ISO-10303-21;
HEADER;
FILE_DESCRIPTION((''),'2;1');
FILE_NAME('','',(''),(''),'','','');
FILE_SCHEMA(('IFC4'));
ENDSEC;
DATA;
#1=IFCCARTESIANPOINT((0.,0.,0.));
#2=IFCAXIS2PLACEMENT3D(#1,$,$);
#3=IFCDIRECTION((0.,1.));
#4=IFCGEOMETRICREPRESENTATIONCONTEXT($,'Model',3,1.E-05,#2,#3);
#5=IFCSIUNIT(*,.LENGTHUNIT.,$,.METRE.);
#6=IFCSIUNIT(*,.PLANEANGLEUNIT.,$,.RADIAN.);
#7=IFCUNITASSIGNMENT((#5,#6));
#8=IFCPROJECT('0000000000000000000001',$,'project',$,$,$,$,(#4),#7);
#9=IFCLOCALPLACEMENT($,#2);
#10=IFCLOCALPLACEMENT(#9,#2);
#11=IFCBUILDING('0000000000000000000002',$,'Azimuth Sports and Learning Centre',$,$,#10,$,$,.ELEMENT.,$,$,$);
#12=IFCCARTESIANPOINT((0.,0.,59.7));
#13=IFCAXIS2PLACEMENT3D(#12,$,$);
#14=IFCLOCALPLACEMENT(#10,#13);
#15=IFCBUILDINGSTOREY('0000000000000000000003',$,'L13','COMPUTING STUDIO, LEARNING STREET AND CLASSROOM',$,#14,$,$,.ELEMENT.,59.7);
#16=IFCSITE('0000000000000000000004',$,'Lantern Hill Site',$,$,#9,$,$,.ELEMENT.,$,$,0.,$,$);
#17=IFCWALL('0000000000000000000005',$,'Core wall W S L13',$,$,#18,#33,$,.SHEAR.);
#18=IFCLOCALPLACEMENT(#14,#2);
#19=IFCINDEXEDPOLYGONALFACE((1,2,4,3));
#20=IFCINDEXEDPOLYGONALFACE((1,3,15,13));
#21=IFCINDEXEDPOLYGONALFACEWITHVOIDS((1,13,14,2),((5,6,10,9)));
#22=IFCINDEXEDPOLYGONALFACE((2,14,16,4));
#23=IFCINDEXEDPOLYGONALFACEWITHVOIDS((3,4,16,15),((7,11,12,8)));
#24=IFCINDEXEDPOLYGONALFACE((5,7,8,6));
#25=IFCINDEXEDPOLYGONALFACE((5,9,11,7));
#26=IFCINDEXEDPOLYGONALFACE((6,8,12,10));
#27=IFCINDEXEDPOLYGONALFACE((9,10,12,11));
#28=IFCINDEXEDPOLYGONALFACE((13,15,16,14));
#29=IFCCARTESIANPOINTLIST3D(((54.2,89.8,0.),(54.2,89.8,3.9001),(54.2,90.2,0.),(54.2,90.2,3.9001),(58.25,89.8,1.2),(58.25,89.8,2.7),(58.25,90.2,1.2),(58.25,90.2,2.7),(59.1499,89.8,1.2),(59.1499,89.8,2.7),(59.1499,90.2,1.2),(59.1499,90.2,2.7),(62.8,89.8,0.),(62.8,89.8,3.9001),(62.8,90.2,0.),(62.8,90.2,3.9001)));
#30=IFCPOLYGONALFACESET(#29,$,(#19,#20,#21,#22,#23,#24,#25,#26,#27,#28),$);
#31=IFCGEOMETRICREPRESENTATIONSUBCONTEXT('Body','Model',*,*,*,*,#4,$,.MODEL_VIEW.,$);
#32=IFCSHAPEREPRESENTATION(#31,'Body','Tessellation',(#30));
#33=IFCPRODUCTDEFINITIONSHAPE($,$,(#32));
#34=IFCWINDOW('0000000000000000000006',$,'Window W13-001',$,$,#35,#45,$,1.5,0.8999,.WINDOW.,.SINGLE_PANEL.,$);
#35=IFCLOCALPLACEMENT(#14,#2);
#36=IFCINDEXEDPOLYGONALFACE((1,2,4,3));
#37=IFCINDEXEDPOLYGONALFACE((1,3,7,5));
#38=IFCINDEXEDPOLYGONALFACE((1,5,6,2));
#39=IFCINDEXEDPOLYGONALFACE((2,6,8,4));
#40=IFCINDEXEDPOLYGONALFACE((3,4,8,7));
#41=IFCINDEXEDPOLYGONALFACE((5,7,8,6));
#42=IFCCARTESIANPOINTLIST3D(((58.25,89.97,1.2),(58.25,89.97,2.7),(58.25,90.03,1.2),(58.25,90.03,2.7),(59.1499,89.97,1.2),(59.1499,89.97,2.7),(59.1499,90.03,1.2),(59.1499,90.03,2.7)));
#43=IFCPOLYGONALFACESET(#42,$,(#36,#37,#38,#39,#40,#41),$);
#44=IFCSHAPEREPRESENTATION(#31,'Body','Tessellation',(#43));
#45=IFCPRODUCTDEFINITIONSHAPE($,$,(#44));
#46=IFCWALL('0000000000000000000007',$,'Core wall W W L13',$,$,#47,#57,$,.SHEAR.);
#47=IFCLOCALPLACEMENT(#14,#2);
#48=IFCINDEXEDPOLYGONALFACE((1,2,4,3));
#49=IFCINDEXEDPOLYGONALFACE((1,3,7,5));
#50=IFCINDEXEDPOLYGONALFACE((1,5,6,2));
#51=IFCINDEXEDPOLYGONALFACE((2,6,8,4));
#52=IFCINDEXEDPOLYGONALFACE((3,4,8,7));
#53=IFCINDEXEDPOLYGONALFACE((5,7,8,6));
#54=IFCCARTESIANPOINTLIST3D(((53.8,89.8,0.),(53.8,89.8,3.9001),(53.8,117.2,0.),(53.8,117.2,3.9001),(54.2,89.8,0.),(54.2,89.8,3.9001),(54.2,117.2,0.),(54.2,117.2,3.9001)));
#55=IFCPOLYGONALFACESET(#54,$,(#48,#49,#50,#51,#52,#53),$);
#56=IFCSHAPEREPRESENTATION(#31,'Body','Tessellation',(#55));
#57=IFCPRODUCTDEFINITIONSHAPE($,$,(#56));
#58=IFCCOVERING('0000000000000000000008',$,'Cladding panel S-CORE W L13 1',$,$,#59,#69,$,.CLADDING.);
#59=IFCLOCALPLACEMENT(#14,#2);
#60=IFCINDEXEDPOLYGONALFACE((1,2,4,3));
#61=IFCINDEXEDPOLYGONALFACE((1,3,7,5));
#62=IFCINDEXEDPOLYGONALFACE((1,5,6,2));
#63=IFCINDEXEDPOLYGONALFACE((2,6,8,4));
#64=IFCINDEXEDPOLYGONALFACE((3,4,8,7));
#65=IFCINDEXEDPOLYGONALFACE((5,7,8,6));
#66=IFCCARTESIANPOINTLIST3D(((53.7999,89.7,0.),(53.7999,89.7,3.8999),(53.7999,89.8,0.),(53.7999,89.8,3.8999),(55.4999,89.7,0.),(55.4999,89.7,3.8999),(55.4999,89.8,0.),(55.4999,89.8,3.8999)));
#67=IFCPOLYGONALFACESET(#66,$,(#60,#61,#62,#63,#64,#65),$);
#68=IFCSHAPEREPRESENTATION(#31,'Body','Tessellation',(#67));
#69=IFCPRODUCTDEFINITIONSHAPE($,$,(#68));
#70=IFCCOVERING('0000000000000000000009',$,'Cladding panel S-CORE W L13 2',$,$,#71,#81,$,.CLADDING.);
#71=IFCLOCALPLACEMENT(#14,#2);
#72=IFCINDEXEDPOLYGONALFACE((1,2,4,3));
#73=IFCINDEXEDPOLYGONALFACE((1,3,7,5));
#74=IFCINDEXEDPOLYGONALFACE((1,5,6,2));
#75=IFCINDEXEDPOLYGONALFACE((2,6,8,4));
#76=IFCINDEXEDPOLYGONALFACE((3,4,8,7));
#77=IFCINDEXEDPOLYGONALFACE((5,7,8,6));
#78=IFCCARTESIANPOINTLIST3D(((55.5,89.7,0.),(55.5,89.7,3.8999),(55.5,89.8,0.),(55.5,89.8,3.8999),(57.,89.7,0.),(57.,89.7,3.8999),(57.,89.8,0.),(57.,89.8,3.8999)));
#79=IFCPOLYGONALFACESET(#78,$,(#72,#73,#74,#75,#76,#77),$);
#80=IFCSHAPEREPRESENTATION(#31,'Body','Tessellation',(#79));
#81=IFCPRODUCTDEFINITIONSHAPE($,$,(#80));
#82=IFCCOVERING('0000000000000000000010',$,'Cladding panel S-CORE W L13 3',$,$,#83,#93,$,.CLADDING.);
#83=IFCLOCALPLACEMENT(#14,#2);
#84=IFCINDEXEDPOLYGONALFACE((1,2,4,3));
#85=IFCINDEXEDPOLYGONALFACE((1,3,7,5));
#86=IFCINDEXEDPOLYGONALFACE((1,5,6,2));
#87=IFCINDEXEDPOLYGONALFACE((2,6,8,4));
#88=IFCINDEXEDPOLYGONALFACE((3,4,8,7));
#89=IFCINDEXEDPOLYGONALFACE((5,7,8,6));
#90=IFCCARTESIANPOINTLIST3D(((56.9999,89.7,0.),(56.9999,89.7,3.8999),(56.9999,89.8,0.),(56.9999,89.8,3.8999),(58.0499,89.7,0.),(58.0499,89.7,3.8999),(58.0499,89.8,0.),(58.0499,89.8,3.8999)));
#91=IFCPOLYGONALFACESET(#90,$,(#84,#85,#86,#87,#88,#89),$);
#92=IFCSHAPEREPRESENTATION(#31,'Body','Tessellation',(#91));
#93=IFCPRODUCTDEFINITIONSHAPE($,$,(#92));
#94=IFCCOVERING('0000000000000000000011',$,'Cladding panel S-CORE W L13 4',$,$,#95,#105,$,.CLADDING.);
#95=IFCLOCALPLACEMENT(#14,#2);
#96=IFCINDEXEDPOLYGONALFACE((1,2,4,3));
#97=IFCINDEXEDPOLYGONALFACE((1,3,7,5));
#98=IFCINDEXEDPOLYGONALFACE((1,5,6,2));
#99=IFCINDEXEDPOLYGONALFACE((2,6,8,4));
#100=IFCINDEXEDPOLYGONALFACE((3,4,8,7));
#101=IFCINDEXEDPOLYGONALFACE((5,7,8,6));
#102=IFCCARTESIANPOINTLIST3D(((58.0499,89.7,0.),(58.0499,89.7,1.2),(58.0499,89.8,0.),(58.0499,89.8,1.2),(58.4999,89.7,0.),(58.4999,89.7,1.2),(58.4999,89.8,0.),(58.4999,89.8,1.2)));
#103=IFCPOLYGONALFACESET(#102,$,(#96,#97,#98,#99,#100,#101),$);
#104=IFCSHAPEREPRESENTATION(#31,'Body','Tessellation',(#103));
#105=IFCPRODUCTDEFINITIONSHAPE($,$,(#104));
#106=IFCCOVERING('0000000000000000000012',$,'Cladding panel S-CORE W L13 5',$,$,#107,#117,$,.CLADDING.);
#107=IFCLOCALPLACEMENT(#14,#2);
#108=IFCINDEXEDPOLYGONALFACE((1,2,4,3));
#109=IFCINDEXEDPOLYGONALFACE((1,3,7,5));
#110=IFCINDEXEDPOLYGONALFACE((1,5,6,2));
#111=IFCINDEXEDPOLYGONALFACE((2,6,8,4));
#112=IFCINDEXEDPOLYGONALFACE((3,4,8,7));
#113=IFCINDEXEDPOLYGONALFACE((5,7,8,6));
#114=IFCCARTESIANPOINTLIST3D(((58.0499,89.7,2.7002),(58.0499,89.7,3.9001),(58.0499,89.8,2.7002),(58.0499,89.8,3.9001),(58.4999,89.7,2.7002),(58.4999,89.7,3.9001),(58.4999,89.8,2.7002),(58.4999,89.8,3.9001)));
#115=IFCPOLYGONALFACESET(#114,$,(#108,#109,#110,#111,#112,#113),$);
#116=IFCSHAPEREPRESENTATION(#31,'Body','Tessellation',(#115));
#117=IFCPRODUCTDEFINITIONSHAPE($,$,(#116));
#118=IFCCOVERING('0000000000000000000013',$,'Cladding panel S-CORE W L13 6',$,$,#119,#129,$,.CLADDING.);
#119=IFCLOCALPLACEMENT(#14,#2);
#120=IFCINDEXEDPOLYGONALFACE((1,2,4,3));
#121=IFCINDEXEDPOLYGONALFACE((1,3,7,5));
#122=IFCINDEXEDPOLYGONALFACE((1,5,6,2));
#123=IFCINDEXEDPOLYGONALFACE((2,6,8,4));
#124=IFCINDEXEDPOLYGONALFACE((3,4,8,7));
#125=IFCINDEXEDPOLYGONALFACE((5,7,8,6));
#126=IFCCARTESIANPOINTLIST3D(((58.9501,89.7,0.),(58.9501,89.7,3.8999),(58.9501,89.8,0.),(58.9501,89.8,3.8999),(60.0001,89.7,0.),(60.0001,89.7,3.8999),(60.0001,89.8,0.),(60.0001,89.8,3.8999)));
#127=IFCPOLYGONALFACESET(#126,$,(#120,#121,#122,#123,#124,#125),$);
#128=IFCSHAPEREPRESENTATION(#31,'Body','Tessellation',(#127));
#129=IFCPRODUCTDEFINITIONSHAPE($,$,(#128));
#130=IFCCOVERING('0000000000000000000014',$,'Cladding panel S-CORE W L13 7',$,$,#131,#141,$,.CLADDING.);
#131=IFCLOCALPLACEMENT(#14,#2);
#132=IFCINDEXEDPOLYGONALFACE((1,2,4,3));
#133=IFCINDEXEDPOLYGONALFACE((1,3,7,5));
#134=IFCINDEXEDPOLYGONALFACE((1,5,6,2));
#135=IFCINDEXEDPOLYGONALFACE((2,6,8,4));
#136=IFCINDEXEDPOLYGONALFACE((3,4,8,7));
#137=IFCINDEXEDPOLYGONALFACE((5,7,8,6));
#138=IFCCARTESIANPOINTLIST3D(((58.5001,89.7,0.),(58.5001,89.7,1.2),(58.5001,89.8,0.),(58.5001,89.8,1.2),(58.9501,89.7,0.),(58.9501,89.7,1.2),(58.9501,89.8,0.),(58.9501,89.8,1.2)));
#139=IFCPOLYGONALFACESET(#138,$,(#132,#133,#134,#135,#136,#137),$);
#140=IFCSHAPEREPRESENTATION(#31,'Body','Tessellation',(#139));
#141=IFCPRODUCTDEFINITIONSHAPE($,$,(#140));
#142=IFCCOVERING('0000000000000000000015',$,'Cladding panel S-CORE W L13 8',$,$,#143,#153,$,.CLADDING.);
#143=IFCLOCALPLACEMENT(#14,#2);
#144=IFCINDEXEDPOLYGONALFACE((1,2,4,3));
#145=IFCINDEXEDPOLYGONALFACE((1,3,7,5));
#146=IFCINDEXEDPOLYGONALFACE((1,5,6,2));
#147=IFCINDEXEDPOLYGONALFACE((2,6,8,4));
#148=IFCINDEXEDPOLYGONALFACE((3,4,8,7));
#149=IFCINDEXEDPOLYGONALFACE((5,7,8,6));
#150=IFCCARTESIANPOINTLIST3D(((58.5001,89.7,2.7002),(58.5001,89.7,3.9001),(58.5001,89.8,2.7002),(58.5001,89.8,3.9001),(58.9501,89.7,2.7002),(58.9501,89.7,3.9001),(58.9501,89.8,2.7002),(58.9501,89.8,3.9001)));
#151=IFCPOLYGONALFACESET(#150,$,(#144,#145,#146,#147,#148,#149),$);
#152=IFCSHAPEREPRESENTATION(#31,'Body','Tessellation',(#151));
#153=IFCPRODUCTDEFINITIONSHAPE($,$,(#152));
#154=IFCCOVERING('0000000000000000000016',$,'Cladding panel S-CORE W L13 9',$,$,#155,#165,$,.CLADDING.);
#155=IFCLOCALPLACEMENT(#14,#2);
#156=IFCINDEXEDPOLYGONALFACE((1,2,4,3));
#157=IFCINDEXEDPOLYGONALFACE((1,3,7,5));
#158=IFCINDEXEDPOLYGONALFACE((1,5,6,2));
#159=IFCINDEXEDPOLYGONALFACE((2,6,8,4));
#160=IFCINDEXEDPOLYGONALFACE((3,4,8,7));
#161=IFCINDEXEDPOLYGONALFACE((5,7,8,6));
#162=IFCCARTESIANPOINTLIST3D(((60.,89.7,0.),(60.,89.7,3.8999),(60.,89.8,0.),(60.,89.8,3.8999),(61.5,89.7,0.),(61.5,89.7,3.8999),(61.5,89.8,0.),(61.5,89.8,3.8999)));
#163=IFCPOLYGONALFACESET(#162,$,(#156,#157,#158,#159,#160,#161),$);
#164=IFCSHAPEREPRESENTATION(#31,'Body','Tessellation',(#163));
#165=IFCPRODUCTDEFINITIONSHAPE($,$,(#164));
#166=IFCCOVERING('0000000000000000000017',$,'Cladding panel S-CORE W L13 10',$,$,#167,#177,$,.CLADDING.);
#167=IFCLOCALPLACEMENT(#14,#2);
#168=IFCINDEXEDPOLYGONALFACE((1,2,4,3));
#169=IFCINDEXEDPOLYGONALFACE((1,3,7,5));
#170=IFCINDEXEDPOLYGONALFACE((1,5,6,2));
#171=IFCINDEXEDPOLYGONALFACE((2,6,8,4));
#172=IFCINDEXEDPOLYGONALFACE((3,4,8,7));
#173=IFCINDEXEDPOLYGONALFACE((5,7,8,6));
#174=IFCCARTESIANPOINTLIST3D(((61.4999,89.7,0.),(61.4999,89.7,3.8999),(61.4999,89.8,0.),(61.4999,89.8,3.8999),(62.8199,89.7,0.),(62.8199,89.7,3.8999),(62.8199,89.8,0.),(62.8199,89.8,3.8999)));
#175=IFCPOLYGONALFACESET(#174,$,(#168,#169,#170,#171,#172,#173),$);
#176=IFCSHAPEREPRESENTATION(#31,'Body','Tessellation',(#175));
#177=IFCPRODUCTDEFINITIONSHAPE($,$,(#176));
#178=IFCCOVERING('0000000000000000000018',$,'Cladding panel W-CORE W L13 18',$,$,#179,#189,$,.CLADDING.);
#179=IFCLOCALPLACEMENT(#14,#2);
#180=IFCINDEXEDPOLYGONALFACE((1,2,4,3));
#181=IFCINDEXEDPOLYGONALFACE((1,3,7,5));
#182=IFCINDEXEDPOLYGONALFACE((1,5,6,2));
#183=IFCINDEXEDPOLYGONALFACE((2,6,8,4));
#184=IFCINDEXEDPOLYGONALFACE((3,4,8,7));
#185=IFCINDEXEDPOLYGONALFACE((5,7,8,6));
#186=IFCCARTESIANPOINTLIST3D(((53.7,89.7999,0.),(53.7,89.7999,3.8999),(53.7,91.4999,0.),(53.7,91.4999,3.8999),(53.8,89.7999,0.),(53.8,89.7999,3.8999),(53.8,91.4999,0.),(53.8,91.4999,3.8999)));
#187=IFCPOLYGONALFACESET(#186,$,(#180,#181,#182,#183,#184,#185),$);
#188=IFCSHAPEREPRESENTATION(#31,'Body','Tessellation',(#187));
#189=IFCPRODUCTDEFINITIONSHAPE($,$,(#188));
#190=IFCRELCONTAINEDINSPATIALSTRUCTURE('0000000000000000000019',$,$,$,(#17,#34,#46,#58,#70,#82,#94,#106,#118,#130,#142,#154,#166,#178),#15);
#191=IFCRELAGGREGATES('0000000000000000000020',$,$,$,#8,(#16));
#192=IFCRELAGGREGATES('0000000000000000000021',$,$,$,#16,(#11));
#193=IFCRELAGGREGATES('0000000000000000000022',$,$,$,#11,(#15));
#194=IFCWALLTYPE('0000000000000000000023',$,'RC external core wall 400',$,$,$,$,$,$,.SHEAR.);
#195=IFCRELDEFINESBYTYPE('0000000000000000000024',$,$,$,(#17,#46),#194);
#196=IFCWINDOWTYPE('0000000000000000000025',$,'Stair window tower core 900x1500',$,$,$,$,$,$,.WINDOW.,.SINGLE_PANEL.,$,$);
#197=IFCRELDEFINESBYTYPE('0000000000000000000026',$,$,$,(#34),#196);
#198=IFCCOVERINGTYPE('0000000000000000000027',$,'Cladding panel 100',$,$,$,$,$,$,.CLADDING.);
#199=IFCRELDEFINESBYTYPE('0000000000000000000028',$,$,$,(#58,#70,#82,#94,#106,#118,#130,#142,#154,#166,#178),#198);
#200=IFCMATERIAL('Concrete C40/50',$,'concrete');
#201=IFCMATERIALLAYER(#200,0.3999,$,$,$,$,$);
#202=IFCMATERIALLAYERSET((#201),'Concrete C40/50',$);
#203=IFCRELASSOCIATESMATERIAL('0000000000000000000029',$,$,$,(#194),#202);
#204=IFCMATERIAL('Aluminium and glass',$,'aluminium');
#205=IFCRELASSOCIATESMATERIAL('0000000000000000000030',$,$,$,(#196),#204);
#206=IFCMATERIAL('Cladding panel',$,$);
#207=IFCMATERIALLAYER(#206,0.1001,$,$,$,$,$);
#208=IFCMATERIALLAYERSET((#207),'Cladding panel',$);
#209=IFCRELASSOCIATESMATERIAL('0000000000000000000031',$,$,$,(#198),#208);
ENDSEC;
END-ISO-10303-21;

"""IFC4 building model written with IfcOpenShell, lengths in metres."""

from ifc_helpers import new_model, si_unit, direction, frame, frame_2d, origin, origin_2d, place, context, subcontext, project, spatial, rectangle, extrude, material, layer, layer_set, type_object, element, fill, save


model = new_model("IFC4")

# Units and contexts
model_context = context("Model", 3, precision=1e-05, world=origin(), true_north=direction((0.0, 1.0)))
body_context = subcontext(model_context, "Body", "Model", "MODEL_VIEW")
ifc_project = project(units=[si_unit("LENGTHUNIT", "METRE"), si_unit("PLANEANGLEUNIT", "RADIAN")], contexts=[model_context])

# Site, building, storey
site_placement = place(None, origin())
site = spatial("IfcSite", under=ifc_project, at=site_placement, Name="Lantern Hill Site", CompositionType="ELEMENT", RefElevation=0.0)
building_placement = place(site_placement, origin())
building = spatial("IfcBuilding", under=site, at=building_placement, Name="Azimuth Sports and Learning Centre", CompositionType="ELEMENT")
storey_placement = place(building_placement, frame((0.0, 0.0, 59.7)))
storey = spatial("IfcBuildingStorey", under=building, at=storey_placement, Name="L13", Description="COMPUTING STUDIO, LEARNING STREET AND CLASSROOM", CompositionType="ELEMENT", Elevation=59.7)

# Wall, opening, window
ifc_material_1 = material(Name="Concrete C40/50", Category="concrete")
ifc_layer_1 = layer(ifc_material_1, 0.3999)
ifc_layer_set_1 = layer_set([ifc_layer_1], Name="Concrete C40/50")
wall_type = type_object("IfcWallType", Name="RC external core wall 400", PredefinedType="SHEAR", material=ifc_layer_set_1)
wall_1_placement = place(storey_placement, frame((54.2, 90.0, 0.0), z_axis=(0.0, 0.0, 1.0), x_axis=(1.0, 0.0, 0.0)))
wall_1 = element("IfcWall", 1, at=wall_1_placement, inside=storey, type_object=wall_type, Name="Core wall W S L13", PredefinedType="SHEAR", context=body_context, shape_type="SweptSolid", body=[
    extrude(rectangle(XDim=8.6001, YDim=0.3999, at=frame_2d((4.3, 0.0))), origin(), (0.0, 0.0, 1.0), 3.9001),
])
opening_placement = place(wall_1_placement, frame((4.05, 0.0, 1.2)))
opening = element("IfcOpeningElement", 2, at=opening_placement, cuts=wall_1, PredefinedType="OPENING", context=body_context, shape_type="SweptSolid", body=[
    extrude(rectangle(XDim=0.8999, YDim=1.5, at=frame_2d((0.45, 0.75))), frame((0.0, 0.2109, 0.0), z_axis=(0.0, -1.0, 0.0), x_axis=(1.0, 0.0, 0.0)), (0.0, 0.0, 1.0), 0.4219),
])
ifc_material_2 = material(Name="Aluminium and glass", Category="aluminium")
window_type = type_object("IfcWindowType", Name="Stair window tower core 900x1500", PartitioningType="SINGLE_PANEL", PredefinedType="WINDOW", material=ifc_material_2)
window_placement = place(opening_placement, origin())
window = element("IfcWindow", 3, at=window_placement, inside=storey, type_object=window_type, Name="Window W13-001", OverallHeight=1.5, OverallWidth=0.8999, PartitioningType="SINGLE_PANEL", PredefinedType="WINDOW", context=body_context, shape_type="SweptSolid", body=[
    extrude(rectangle(XDim=0.8999, YDim=1.5, at=frame_2d((0.45, 0.75))), frame((0.0, 0.03, 0.0), z_axis=(0.0, -1.0, 0.0), x_axis=(1.0, 0.0, 0.0)), (0.0, 0.0, 1.0), 0.0601),
])
fill(opening, window)

# Wall
wall_2_placement = place(storey_placement, frame((54.0, 89.8, 0.0), z_axis=(0.0, 0.0, 1.0), x_axis=(0.0, 1.0, 0.0)))
element("IfcWall", 4, at=wall_2_placement, inside=storey, type_object=wall_type, Name="Core wall W W L13", PredefinedType="SHEAR", context=body_context, shape_type="SweptSolid", body=[
    extrude(rectangle(XDim=27.3999, YDim=0.3999, at=frame_2d((13.7, 0.0))), origin(), (0.0, 0.0, 1.0), 3.9001),
])

# Coverings
ifc_material_3 = material(Name="Cladding panel")
ifc_layer_2 = layer(ifc_material_3, 0.1001)
ifc_layer_set_2 = layer_set([ifc_layer_2], Name="Cladding panel")
covering_type = type_object("IfcCoveringType", Name="Cladding panel 100", PredefinedType="CLADDING", material=ifc_layer_set_2)
covering_1_placement = place(storey_placement, frame((54.6499, 89.75, 0.0), z_axis=(0.0, 0.0, 1.0), x_axis=(1.0, 0.0, 0.0)))
element("IfcCovering", 5, at=covering_1_placement, inside=storey, type_object=covering_type, Name="Cladding panel S-CORE W L13 1", PredefinedType="CLADDING", context=body_context, shape_type="SweptSolid", body=[
    extrude(rectangle(XDim=1.7, YDim=0.1001, at=origin_2d()), origin(), (0.0, 0.0, 1.0), 3.8999),
])
covering_2_placement = place(storey_placement, frame((56.25, 89.75, 0.0), z_axis=(0.0, 0.0, 1.0), x_axis=(1.0, 0.0, 0.0)))
element("IfcCovering", 6, at=covering_2_placement, inside=storey, type_object=covering_type, Name="Cladding panel S-CORE W L13 2", PredefinedType="CLADDING", context=body_context, shape_type="SweptSolid", body=[
    extrude(rectangle(XDim=1.5, YDim=0.1001, at=origin_2d()), origin(), (0.0, 0.0, 1.0), 3.8999),
])
covering_3_placement = place(storey_placement, frame((57.5249, 89.75, 0.0), z_axis=(0.0, 0.0, 1.0), x_axis=(1.0, 0.0, 0.0)))
element("IfcCovering", 7, at=covering_3_placement, inside=storey, type_object=covering_type, Name="Cladding panel S-CORE W L13 3", PredefinedType="CLADDING", context=body_context, shape_type="SweptSolid", body=[
    extrude(rectangle(XDim=1.05, YDim=0.1001, at=origin_2d()), origin(), (0.0, 0.0, 1.0), 3.8999),
])
for number, where, z_axis, x_axis, name in (
    (8, (58.2749, 89.75, 0.0), (0.0, 0.0, 1.0), (1.0, 0.0, 0.0), "Cladding panel S-CORE W L13 4"),
    (9, (58.2749, 89.75, 2.7002), (0.0, 0.0, 1.0), (1.0, 0.0, 0.0), "Cladding panel S-CORE W L13 5"),
):
    element("IfcCovering", number, at=place(storey_placement, frame(where, z_axis=z_axis, x_axis=x_axis)), inside=storey, type_object=covering_type, Name=name, PredefinedType="CLADDING", context=body_context, shape_type="SweptSolid", body=[
        extrude(rectangle(XDim=0.45, YDim=0.1001, at=origin_2d()), origin(), (0.0, 0.0, 1.0), 1.2),
    ])
covering_4_placement = place(storey_placement, frame((59.4751, 89.75, 0.0), z_axis=(0.0, 0.0, 1.0), x_axis=(1.0, 0.0, 0.0)))
element("IfcCovering", 10, at=covering_4_placement, inside=storey, type_object=covering_type, Name="Cladding panel S-CORE W L13 6", PredefinedType="CLADDING", context=body_context, shape_type="SweptSolid", body=[
    extrude(rectangle(XDim=1.05, YDim=0.1001, at=origin_2d()), origin(), (0.0, 0.0, 1.0), 3.8999),
])
for number, where, z_axis, x_axis, name in (
    (11, (58.7251, 89.75, 0.0), (0.0, 0.0, 1.0), (1.0, 0.0, 0.0), "Cladding panel S-CORE W L13 7"),
    (12, (58.7251, 89.75, 2.7002), (0.0, 0.0, 1.0), (1.0, 0.0, 0.0), "Cladding panel S-CORE W L13 8"),
):
    element("IfcCovering", number, at=place(storey_placement, frame(where, z_axis=z_axis, x_axis=x_axis)), inside=storey, type_object=covering_type, Name=name, PredefinedType="CLADDING", context=body_context, shape_type="SweptSolid", body=[
        extrude(rectangle(XDim=0.45, YDim=0.1001, at=origin_2d()), origin(), (0.0, 0.0, 1.0), 1.2),
    ])
covering_5_placement = place(storey_placement, frame((60.75, 89.75, 0.0), z_axis=(0.0, 0.0, 1.0), x_axis=(1.0, 0.0, 0.0)))
element("IfcCovering", 13, at=covering_5_placement, inside=storey, type_object=covering_type, Name="Cladding panel S-CORE W L13 9", PredefinedType="CLADDING", context=body_context, shape_type="SweptSolid", body=[
    extrude(rectangle(XDim=1.5, YDim=0.1001, at=origin_2d()), origin(), (0.0, 0.0, 1.0), 3.8999),
])
covering_6_placement = place(storey_placement, frame((62.1599, 89.75, 0.0), z_axis=(0.0, 0.0, 1.0), x_axis=(1.0, 0.0, 0.0)))
element("IfcCovering", 14, at=covering_6_placement, inside=storey, type_object=covering_type, Name="Cladding panel S-CORE W L13 10", PredefinedType="CLADDING", context=body_context, shape_type="SweptSolid", body=[
    extrude(rectangle(XDim=1.3201, YDim=0.1001, at=origin_2d()), origin(), (0.0, 0.0, 1.0), 3.8999),
])
covering_7_placement = place(storey_placement, frame((53.75, 90.6499, 0.0), z_axis=(0.0, 0.0, 1.0), x_axis=(0.0, -1.0, 0.0)))
element("IfcCovering", 15, at=covering_7_placement, inside=storey, type_object=covering_type, Name="Cladding panel W-CORE W L13 18", PredefinedType="CLADDING", context=body_context, shape_type="SweptSolid", body=[
    extrude(rectangle(XDim=1.7, YDim=0.1001, at=origin_2d()), origin(), (0.0, 0.0, 1.0), 3.8999),
])

save(model, "model.ifc")
